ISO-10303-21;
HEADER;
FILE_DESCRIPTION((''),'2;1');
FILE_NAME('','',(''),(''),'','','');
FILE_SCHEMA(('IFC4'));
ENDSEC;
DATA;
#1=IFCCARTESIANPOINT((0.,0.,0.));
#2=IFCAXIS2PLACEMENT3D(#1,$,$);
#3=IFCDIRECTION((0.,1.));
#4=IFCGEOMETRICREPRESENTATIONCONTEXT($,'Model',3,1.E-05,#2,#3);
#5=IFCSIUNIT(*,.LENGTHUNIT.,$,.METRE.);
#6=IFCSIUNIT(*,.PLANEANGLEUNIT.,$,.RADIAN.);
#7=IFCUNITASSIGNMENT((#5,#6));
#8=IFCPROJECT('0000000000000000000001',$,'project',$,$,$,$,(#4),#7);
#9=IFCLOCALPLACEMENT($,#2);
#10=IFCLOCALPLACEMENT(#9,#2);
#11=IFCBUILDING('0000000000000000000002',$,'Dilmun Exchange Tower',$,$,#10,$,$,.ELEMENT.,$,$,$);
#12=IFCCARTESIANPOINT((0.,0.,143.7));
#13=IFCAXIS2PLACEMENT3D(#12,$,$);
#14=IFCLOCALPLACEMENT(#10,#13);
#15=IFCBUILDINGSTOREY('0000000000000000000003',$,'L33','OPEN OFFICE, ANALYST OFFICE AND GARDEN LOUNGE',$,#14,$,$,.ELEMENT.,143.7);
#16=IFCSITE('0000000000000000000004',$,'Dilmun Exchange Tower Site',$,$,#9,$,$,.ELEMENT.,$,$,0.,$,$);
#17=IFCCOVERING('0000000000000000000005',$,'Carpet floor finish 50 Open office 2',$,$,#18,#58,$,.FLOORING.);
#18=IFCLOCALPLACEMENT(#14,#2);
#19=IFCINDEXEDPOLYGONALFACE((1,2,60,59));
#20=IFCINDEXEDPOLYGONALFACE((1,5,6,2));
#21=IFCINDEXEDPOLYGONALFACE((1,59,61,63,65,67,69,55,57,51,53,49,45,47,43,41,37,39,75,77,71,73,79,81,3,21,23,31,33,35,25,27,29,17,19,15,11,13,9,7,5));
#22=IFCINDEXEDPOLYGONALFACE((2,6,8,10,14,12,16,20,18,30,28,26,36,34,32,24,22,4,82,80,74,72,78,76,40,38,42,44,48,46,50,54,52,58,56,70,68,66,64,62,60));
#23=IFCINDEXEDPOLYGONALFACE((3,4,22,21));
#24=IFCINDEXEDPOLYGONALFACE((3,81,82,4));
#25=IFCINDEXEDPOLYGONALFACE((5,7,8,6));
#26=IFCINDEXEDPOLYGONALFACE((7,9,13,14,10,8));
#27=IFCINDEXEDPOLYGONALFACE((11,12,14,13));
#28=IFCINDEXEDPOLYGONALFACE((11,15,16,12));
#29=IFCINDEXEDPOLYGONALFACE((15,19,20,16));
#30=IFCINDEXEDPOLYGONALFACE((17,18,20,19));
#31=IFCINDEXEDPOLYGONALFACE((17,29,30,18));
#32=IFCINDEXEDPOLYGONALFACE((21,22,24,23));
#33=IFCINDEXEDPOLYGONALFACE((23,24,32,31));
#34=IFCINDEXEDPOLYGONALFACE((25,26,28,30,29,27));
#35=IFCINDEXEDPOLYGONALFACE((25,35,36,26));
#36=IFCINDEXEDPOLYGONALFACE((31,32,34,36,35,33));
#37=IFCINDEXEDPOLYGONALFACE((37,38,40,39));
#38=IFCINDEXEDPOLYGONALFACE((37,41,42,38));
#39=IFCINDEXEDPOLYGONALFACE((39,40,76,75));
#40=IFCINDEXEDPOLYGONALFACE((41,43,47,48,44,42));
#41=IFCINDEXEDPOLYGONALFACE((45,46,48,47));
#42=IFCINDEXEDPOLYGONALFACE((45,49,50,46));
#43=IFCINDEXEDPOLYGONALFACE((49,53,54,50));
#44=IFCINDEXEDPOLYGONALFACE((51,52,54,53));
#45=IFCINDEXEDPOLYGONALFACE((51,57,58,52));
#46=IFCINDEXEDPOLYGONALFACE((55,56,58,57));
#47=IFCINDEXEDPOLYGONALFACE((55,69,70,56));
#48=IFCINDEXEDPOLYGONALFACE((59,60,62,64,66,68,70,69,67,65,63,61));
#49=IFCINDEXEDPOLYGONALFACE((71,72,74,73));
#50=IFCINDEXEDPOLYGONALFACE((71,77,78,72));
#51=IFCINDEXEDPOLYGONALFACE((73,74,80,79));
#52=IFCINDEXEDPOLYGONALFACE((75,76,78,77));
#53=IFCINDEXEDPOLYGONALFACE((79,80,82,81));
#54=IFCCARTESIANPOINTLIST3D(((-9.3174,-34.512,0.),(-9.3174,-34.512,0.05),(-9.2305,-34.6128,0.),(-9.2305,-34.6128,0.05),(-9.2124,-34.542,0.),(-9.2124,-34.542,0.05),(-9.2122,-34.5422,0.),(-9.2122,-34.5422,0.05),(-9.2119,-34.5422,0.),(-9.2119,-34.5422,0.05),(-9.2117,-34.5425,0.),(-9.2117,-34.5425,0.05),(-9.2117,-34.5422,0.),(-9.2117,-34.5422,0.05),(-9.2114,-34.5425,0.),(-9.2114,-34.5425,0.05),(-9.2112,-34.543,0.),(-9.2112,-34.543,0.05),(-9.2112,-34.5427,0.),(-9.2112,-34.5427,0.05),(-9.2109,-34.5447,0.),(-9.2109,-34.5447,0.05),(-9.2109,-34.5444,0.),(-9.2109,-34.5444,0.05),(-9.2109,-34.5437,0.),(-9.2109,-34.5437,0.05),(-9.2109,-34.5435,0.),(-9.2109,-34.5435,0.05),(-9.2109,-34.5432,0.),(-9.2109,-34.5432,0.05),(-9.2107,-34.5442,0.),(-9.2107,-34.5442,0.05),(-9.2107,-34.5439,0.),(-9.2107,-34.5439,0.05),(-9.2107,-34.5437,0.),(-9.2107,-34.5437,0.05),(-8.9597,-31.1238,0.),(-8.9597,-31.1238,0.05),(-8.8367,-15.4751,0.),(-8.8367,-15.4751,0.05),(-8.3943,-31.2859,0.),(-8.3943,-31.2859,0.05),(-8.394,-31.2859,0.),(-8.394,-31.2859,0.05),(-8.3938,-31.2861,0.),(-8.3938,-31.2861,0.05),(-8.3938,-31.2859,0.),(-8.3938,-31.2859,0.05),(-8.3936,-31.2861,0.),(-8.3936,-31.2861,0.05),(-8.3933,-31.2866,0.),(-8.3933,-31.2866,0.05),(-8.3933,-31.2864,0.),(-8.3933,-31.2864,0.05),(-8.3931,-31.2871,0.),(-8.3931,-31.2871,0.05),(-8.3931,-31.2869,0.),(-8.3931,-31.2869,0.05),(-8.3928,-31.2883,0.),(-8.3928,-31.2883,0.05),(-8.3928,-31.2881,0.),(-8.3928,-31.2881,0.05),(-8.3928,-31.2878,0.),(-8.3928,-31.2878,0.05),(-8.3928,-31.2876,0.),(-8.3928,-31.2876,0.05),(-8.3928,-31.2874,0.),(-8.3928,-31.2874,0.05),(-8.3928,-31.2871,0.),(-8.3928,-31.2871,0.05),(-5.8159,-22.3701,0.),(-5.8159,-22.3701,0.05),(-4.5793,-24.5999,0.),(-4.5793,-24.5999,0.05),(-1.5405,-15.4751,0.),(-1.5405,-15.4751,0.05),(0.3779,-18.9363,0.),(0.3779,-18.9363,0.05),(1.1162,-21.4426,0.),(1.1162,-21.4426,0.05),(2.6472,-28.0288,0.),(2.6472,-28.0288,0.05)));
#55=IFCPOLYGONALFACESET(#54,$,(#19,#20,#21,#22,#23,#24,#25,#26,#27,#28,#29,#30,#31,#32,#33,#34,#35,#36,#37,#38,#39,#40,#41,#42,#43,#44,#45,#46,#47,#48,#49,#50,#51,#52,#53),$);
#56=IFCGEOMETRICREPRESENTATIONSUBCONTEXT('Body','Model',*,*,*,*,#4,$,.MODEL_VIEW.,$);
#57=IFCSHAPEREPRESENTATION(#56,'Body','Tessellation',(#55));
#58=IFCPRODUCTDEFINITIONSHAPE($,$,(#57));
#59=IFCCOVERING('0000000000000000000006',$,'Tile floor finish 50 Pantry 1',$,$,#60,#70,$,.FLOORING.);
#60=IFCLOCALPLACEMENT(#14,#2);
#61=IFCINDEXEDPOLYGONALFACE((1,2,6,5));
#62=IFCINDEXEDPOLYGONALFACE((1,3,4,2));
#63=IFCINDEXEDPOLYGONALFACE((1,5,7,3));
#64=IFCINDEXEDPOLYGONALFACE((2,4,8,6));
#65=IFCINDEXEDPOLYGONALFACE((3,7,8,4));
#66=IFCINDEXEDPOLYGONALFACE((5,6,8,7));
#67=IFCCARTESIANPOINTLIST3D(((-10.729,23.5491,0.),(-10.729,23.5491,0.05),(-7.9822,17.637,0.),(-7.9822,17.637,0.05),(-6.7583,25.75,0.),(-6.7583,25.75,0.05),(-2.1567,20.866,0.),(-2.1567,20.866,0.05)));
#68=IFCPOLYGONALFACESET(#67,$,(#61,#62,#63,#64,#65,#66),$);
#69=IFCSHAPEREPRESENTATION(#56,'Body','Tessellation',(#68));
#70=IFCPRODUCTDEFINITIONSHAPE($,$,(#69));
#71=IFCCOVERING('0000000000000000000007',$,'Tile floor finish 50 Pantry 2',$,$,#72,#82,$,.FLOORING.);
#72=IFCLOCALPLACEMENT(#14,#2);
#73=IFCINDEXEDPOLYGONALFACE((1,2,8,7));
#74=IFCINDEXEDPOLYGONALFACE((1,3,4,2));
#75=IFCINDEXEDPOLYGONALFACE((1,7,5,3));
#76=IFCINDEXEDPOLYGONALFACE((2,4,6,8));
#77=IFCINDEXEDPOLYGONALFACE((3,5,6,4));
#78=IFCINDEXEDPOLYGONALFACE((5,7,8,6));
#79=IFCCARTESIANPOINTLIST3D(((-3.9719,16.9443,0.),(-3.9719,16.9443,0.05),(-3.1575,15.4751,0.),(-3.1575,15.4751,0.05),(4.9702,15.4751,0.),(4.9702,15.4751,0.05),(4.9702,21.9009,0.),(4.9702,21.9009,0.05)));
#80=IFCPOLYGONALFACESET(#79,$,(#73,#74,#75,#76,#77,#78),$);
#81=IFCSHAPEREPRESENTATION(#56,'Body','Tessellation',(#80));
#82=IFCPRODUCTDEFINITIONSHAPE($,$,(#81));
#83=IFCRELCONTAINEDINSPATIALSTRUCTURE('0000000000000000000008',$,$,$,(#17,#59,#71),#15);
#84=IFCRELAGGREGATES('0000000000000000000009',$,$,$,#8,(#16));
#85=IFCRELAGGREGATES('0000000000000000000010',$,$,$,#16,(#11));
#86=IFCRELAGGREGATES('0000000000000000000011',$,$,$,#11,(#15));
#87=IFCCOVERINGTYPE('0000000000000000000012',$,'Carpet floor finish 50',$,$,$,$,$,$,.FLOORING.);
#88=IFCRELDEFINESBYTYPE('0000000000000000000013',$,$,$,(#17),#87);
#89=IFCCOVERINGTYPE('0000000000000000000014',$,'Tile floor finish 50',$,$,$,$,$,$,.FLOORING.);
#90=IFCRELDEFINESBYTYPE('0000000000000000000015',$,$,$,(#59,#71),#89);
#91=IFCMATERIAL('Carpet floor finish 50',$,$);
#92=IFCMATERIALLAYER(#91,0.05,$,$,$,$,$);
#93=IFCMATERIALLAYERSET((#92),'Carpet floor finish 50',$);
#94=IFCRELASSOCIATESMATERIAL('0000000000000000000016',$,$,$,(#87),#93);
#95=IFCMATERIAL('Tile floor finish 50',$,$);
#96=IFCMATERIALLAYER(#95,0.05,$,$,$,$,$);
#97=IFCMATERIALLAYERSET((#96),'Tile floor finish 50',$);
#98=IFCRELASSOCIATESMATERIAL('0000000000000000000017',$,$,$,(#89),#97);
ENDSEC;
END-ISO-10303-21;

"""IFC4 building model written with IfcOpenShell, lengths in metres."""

from ifc_helpers import new_model, si_unit, direction, frame, origin, place, context, subcontext, project, spatial, polyline, outline, extrude, material, layer, layer_set, type_object, element, save


model = new_model("IFC4")

# Units and contexts
model_context = context("Model", 3, precision=1e-05, world=origin(), true_north=direction((0.0, 1.0)))
body_context = subcontext(model_context, "Body", "Model", "MODEL_VIEW")
ifc_project = project(units=[si_unit("LENGTHUNIT", "METRE"), si_unit("PLANEANGLEUNIT", "RADIAN")], contexts=[model_context])

# Site, building, storey
site_placement = place(None, origin())
site = spatial("IfcSite", under=ifc_project, at=site_placement, Name="Dilmun Exchange Tower Site", CompositionType="ELEMENT", RefElevation=0.0)
building_placement = place(site_placement, origin())
building = spatial("IfcBuilding", under=site, at=building_placement, Name="Dilmun Exchange Tower", CompositionType="ELEMENT")
storey_placement = place(building_placement, frame((0.0, 0.0, 143.7)))
storey = spatial("IfcBuildingStorey", under=building, at=storey_placement, Name="L33", Description="OPEN OFFICE, ANALYST OFFICE AND GARDEN LOUNGE", CompositionType="ELEMENT", Elevation=143.7)

# Coverings
ifc_material_1 = material(Name="Carpet floor finish 50")
ifc_layer_1 = layer(ifc_material_1, 0.05)
ifc_layer_set_1 = layer_set([ifc_layer_1], Name="Carpet floor finish 50")
covering_type_1 = type_object("IfcCoveringType", Name="Carpet floor finish 50", PredefinedType="FLOORING", material=ifc_layer_set_1)
covering_1_placement = place(storey_placement, origin())
element("IfcCovering", 1, at=covering_1_placement, inside=storey, type_object=covering_type_1, Name="Carpet floor finish 50 Open office 2", PredefinedType="FLOORING", context=body_context, shape_type="SweptSolid", body=[
    extrude(outline(polyline([(-8.8367, -15.4751), (-1.5405, -15.4751), (0.3779, -18.9363), (-5.8159, -22.3701), (-4.5793, -24.5999), (1.1162, -21.4426), (2.6472, -28.0288), (-9.2305, -34.6128), (-9.2109, -34.5447), (-9.2109, -34.5444), (-9.2107, -34.5442), (-9.2107, -34.5439), (-9.2107, -34.5437), (-9.2109, -34.5437), (-9.2109, -34.5435), (-9.2109, -34.5432), (-9.2112, -34.543), (-9.2112, -34.543), (-9.2112, -34.5427), (-9.2114, -34.5425), (-9.2117, -34.5425), (-9.2117, -34.5422), (-9.2119, -34.5422), (-9.2122, -34.5422), (-9.2124, -34.542), (-9.3174, -34.512), (-8.3928, -31.2883), (-8.3928, -31.2881), (-8.3928, -31.2881), (-8.3928, -31.2878), (-8.3928, -31.2876), (-8.3928, -31.2874), (-8.3928, -31.2871), (-8.3931, -31.2871), (-8.3931, -31.2869), (-8.3933, -31.2866), (-8.3933, -31.2866), (-8.3933, -31.2864), (-8.3936, -31.2861), (-8.3938, -31.2861), (-8.3938, -31.2859), (-8.394, -31.2859), (-8.3943, -31.2859), (-8.9597, -31.1238), (-8.8367, -15.4751)])), origin(), (0.0, 0.0, 1.0), 0.05),
])
ifc_material_2 = material(Name="Tile floor finish 50")
ifc_layer_2 = layer(ifc_material_2, 0.05)
ifc_layer_set_2 = layer_set([ifc_layer_2], Name="Tile floor finish 50")
covering_type_2 = type_object("IfcCoveringType", Name="Tile floor finish 50", PredefinedType="FLOORING", material=ifc_layer_set_2)
covering_2_placement = place(storey_placement, origin())
element("IfcCovering", 2, at=covering_2_placement, inside=storey, type_object=covering_type_2, Name="Tile floor finish 50 Pantry 1", PredefinedType="FLOORING", context=body_context, shape_type="SweptSolid", body=[
    extrude(outline(polyline([(-10.729, 23.5491), (-6.7583, 25.75), (-2.1567, 20.866), (-7.9822, 17.637), (-10.729, 23.5491)])), origin(), (0.0, 0.0, 1.0), 0.05),
])
covering_3_placement = place(storey_placement, origin())
element("IfcCovering", 3, at=covering_3_placement, inside=storey, type_object=covering_type_2, Name="Tile floor finish 50 Pantry 2", PredefinedType="FLOORING", context=body_context, shape_type="SweptSolid", body=[
    extrude(outline(polyline([(4.9702, 15.4751), (-3.1575, 15.4751), (-3.9719, 16.9443), (4.9702, 21.9009), (4.9702, 15.4751)])), origin(), (0.0, 0.0, 1.0), 0.05),
])

save(model, "model.ifc")
